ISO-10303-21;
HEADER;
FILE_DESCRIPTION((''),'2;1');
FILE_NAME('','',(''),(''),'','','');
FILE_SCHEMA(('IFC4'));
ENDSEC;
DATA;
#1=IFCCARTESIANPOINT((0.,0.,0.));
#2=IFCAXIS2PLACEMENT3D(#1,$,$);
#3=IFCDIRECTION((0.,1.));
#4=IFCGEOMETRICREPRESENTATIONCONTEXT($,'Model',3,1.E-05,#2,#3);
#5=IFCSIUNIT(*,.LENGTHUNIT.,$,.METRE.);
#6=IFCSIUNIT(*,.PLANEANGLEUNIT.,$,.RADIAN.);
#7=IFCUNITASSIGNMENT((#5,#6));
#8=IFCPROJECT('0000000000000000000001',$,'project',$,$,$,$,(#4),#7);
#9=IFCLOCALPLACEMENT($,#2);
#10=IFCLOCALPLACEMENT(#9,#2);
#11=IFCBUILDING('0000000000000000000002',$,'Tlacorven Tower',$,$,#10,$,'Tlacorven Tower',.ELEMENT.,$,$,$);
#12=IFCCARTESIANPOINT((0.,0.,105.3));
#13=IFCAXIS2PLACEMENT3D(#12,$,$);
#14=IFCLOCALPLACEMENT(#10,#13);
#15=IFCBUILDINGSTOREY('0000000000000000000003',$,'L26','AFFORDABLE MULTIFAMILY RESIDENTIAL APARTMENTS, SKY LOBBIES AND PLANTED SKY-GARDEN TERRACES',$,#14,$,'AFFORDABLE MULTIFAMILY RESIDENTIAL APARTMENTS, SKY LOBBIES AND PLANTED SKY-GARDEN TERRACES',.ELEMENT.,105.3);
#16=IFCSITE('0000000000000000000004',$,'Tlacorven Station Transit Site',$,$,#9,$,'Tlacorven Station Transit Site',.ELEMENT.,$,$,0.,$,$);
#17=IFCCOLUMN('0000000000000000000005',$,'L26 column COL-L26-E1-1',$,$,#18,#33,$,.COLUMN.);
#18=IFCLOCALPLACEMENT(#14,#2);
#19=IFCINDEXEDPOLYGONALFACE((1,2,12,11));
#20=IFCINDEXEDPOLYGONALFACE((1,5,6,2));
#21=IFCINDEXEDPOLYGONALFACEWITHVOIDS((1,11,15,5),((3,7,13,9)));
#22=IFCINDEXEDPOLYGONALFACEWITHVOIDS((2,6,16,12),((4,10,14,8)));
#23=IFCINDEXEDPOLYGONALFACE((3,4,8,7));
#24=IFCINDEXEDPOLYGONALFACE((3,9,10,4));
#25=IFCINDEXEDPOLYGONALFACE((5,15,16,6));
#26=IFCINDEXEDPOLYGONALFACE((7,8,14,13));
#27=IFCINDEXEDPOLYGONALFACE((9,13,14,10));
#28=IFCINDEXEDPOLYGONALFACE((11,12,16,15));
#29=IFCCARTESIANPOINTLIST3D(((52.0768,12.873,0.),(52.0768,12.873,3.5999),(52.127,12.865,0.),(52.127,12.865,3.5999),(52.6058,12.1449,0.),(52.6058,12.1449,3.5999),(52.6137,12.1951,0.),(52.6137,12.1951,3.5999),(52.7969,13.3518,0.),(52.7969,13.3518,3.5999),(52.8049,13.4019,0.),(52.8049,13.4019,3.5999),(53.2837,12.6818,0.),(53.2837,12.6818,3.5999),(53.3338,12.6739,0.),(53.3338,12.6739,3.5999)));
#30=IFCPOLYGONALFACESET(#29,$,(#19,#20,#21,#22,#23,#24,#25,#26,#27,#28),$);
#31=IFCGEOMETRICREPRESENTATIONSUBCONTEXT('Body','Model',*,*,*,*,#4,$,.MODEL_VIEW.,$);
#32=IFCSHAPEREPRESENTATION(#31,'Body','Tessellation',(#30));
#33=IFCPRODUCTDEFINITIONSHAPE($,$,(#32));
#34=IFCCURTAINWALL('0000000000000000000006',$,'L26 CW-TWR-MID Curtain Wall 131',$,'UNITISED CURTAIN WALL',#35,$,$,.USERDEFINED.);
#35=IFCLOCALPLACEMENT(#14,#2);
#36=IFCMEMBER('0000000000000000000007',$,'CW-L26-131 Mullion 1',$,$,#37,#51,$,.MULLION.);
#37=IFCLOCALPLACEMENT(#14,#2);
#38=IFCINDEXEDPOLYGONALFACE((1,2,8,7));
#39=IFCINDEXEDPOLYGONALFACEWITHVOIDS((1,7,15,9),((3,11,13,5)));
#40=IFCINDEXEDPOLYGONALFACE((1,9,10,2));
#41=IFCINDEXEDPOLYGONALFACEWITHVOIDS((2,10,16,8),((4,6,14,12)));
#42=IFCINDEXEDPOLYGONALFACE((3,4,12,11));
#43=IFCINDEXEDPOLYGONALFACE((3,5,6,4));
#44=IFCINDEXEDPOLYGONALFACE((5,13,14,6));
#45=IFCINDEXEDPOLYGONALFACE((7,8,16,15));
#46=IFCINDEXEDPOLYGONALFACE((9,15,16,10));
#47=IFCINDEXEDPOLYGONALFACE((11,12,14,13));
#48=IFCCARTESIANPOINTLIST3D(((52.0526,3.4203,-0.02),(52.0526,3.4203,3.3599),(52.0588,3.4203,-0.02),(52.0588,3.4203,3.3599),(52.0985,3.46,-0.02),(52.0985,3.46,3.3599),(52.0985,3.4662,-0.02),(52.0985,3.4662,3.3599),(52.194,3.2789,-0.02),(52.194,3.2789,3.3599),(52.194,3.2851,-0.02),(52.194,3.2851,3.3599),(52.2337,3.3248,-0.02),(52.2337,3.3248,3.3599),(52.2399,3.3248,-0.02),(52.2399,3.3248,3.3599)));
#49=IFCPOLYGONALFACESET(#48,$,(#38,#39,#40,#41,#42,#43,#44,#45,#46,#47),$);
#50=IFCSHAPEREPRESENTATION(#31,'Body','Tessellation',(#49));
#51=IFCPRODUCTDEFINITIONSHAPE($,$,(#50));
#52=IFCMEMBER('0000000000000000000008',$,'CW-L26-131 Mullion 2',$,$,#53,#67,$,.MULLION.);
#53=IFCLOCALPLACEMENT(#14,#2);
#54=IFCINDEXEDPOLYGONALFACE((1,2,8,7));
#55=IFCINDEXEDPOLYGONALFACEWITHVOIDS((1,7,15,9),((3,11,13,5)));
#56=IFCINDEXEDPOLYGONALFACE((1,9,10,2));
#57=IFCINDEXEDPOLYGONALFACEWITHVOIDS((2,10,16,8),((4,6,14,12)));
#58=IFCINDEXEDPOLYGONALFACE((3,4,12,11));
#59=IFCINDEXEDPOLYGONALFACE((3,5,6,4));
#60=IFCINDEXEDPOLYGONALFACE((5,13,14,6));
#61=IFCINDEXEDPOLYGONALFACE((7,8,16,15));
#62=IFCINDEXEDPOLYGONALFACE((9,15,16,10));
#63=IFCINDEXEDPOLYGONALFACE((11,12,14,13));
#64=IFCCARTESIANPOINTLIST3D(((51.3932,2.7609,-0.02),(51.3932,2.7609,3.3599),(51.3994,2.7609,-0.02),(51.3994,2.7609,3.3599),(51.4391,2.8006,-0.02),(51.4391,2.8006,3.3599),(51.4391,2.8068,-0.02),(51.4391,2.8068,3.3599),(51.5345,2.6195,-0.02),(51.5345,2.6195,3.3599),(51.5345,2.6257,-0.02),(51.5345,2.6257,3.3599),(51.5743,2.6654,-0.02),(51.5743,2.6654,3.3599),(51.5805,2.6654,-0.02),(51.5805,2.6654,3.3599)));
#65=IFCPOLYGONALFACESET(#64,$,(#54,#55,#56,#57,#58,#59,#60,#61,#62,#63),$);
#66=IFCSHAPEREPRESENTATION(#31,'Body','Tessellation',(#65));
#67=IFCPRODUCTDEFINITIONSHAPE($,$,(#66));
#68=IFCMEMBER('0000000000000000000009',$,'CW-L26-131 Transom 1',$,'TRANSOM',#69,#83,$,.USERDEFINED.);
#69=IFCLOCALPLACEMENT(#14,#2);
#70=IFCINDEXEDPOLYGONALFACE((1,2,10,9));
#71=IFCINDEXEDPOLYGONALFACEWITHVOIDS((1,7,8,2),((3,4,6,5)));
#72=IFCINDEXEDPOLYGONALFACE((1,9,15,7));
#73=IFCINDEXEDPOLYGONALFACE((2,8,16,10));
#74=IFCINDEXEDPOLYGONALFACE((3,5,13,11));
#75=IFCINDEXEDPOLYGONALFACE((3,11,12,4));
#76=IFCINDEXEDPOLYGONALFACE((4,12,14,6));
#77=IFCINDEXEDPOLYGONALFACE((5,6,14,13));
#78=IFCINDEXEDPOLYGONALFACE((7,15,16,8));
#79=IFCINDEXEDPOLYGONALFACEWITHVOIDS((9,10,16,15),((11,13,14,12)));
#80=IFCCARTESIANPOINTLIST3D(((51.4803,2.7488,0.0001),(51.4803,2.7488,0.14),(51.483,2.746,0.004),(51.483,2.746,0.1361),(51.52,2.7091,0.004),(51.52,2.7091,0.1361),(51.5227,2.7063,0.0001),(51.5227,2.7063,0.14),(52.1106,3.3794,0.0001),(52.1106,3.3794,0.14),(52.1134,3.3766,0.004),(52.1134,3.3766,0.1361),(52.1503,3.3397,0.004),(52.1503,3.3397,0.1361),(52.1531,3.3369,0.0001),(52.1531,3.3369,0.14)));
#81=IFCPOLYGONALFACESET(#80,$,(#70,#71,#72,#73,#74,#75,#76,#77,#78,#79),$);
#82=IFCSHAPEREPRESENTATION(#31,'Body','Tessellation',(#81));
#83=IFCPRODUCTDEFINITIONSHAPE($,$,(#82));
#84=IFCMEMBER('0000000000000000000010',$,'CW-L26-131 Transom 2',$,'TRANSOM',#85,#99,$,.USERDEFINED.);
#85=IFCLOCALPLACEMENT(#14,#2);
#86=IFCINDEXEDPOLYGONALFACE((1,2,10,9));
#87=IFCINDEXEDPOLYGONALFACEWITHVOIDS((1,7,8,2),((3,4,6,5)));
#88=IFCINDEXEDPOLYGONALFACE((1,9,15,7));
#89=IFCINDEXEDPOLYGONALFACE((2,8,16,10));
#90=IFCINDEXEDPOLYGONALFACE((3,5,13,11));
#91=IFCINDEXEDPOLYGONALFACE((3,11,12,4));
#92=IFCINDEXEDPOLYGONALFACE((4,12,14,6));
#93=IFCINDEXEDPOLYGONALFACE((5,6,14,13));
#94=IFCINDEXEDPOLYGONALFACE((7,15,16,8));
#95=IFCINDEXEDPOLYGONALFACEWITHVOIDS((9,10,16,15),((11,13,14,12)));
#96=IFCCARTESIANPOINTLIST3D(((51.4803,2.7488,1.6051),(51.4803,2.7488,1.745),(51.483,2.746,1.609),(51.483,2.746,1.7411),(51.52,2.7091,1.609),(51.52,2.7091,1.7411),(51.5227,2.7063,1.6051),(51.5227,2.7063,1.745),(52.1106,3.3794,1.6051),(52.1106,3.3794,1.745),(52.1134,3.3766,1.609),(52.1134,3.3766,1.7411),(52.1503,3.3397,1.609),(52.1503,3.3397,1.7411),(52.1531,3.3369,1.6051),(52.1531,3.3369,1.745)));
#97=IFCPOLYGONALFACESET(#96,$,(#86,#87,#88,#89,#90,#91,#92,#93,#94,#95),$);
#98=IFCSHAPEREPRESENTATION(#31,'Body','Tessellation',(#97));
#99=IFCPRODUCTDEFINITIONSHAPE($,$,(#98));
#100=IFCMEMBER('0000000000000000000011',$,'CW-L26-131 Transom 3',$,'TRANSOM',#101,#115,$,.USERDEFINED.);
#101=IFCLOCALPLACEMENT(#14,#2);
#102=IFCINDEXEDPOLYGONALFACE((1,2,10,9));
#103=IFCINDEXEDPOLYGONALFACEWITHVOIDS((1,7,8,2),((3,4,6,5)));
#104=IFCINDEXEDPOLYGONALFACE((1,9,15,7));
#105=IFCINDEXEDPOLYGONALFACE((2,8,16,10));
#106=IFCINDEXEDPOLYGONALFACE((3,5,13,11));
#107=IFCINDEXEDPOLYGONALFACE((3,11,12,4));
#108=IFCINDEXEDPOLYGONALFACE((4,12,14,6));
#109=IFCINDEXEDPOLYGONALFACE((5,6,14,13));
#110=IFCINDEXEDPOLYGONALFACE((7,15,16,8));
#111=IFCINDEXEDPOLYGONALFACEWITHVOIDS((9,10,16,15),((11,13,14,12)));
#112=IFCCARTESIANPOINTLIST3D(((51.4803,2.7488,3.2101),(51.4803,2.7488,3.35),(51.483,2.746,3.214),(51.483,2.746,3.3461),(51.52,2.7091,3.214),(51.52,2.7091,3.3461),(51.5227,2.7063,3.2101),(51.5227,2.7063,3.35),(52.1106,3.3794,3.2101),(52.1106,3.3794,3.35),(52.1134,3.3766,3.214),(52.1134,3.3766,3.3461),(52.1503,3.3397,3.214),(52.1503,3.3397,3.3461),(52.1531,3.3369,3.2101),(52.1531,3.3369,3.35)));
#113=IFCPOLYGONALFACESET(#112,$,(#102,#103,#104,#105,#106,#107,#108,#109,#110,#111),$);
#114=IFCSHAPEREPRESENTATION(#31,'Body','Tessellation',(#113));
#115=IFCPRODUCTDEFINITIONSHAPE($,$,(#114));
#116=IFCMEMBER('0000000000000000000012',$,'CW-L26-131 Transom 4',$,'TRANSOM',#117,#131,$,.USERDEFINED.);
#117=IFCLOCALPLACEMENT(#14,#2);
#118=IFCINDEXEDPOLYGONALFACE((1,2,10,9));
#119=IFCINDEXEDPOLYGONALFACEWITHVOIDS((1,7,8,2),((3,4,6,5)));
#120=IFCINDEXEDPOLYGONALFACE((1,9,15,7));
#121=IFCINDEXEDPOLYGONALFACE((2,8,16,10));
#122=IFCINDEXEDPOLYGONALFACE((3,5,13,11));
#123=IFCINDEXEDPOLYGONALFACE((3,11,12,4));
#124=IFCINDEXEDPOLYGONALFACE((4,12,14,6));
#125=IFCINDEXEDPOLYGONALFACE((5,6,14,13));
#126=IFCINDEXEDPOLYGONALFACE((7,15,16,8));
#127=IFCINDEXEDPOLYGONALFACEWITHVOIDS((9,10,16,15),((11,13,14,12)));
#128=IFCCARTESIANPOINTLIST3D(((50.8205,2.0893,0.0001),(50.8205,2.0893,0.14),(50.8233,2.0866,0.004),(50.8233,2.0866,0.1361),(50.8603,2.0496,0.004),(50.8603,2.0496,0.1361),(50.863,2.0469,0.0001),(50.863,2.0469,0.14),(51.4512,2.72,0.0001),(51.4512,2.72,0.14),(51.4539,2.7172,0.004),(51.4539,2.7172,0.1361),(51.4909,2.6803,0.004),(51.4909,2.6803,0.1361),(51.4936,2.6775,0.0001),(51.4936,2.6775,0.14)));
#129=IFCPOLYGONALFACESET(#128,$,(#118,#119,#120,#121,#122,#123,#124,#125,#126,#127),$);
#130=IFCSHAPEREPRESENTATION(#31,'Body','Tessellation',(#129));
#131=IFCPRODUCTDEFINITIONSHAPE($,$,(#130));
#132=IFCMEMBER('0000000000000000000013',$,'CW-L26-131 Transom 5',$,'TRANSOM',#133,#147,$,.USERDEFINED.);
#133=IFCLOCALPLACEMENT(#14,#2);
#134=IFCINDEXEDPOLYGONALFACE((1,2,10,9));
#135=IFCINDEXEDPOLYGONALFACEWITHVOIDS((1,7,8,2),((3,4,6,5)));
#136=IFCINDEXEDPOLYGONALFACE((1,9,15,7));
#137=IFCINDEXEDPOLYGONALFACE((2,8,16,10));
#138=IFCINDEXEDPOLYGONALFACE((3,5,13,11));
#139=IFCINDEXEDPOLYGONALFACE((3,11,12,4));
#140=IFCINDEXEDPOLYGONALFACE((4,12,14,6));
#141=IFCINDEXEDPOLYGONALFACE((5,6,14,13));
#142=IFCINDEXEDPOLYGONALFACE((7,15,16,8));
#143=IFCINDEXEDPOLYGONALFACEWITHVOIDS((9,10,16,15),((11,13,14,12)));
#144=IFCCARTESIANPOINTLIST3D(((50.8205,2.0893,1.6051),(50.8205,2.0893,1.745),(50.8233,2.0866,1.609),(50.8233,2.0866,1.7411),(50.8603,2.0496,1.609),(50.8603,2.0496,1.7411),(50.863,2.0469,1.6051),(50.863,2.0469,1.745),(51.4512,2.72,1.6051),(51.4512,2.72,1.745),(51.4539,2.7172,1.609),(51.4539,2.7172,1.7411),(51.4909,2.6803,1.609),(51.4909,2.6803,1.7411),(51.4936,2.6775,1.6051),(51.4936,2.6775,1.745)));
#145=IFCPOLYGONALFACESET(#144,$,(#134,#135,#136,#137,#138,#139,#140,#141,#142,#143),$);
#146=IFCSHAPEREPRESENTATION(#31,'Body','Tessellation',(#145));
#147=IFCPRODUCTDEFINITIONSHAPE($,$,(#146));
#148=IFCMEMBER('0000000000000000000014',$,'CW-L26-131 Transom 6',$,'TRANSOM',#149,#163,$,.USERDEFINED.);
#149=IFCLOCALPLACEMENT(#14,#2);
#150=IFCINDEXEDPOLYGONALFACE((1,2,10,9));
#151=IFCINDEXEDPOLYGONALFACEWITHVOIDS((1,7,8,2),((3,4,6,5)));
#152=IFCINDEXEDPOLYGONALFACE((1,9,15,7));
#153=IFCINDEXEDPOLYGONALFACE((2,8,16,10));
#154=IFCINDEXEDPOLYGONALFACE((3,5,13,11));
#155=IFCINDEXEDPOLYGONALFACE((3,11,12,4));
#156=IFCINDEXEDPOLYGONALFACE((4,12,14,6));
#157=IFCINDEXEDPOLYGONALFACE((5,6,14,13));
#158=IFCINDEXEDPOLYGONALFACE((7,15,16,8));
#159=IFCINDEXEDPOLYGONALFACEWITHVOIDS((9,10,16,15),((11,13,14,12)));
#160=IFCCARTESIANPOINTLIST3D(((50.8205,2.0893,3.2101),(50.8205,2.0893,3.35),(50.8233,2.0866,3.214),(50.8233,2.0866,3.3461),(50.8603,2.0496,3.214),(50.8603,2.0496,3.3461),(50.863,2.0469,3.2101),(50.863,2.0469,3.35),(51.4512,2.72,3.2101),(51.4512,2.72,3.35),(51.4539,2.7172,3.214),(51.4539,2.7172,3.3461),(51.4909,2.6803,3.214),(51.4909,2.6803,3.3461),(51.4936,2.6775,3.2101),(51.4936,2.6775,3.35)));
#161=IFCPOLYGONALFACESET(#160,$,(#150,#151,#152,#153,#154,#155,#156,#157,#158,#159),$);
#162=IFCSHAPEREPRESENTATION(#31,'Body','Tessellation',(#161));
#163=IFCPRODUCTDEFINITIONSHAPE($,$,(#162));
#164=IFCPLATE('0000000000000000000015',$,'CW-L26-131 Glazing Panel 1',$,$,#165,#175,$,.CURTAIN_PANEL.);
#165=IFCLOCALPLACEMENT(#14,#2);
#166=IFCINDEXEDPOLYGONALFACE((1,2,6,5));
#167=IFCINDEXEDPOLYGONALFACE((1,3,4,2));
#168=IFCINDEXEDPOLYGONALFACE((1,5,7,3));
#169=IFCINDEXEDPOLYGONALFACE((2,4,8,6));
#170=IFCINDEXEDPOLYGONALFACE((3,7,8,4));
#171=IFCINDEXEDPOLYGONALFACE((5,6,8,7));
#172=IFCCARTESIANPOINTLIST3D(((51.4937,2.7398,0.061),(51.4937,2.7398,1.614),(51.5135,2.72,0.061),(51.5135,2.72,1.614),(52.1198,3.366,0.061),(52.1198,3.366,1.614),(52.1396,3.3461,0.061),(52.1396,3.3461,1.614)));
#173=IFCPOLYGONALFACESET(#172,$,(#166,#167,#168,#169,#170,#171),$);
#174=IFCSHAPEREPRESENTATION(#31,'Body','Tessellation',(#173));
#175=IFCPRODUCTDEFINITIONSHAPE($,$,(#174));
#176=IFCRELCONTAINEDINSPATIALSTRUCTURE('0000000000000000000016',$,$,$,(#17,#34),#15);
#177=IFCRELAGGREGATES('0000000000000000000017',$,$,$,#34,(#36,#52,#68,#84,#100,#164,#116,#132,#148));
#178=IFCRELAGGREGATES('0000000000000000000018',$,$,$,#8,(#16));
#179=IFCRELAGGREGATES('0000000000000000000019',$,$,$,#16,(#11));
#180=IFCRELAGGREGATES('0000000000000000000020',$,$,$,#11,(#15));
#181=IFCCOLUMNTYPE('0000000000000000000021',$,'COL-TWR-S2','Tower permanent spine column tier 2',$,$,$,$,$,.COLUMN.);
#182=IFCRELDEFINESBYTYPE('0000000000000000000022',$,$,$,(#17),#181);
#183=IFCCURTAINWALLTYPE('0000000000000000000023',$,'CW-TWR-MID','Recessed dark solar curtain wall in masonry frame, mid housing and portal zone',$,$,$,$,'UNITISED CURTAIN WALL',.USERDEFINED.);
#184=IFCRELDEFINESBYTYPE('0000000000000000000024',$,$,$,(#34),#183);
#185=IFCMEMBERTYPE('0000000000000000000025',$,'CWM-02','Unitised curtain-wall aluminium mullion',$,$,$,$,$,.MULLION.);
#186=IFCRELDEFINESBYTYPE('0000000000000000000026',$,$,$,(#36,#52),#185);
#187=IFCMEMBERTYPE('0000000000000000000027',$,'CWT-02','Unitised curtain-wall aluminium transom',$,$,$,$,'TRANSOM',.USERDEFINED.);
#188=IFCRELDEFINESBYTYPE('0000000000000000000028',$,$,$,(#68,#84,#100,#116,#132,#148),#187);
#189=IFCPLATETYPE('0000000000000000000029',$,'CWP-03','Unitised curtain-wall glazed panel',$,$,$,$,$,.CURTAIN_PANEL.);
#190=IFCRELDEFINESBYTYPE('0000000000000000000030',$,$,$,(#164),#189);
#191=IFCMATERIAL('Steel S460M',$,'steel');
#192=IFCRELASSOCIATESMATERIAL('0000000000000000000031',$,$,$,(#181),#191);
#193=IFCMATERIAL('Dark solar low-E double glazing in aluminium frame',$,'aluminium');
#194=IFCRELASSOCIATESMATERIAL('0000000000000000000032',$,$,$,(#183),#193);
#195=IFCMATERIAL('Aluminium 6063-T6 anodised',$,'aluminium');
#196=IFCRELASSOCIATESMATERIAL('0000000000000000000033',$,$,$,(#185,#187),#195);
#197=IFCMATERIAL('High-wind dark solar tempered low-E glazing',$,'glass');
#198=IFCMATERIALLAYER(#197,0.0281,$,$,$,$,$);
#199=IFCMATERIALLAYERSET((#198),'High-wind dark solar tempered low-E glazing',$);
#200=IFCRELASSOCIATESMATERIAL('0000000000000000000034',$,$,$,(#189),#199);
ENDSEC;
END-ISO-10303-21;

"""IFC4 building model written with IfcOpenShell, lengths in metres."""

from ifc_helpers import new_model, si_unit, direction, frame, origin, origin_2d, place, context, subcontext, project, spatial, rectangle, hollow_rectangle, extrude, source, transform, mapped, material, layer, layer_set, material_profile, profile_set, type_object, element, aggregate, save


model = new_model("IFC4")

# Units and contexts
model_context = context("Model", 3, precision=1e-05, world=origin(), true_north=direction((0.0, 1.0)))
body_context = subcontext(model_context, "Body", "Model", "MODEL_VIEW")
ifc_project = project(units=[si_unit("LENGTHUNIT", "METRE"), si_unit("PLANEANGLEUNIT", "RADIAN")], contexts=[model_context])

# Site, building, storey
site_placement = place(None, origin())
site = spatial("IfcSite", under=ifc_project, at=site_placement, Name="Tlacorven Station Transit Site", LongName="Tlacorven Station Transit Site", CompositionType="ELEMENT", RefElevation=0.0)
building_placement = place(site_placement, origin())
building = spatial("IfcBuilding", under=site, at=building_placement, Name="Tlacorven Tower", LongName="Tlacorven Tower", CompositionType="ELEMENT")
storey_placement = place(building_placement, frame((0.0, 0.0, 105.3)))
storey = spatial("IfcBuildingStorey", under=building, at=storey_placement, Name="L26", Description="AFFORDABLE MULTIFAMILY RESIDENTIAL APARTMENTS, SKY LOBBIES AND PLANTED SKY-GARDEN TERRACES", LongName="AFFORDABLE MULTIFAMILY RESIDENTIAL APARTMENTS, SKY LOBBIES AND PLANTED SKY-GARDEN TERRACES", CompositionType="ELEMENT", Elevation=105.3)

# Column
ifc_material_1 = material(Name="Steel S460M", Category="steel")
ifc_material_profile_1 = material_profile(ifc_material_1, hollow_rectangle(XDim=0.8999, YDim=0.8999, WallThickness=0.0359, at=origin_2d()), Name="BOX 900X900X36")
ifc_profile_set_1 = profile_set([ifc_material_profile_1], Name="Steel S460M")
column_type = type_object("IfcColumnType", Name="COL-TWR-S2", Description="Tower permanent spine column tier 2", PredefinedType="COLUMN", material=ifc_profile_set_1)
shared_shape_1 = source(origin(), body_context, "Body", "SweptSolid", [
    extrude(hollow_rectangle(XDim=0.8999, YDim=0.8999, WallThickness=0.0359, at=origin_2d()), origin(), (0.0, 0.0, 1.0), 3.5999),
])
column_placement = place(storey_placement, frame((52.7053, 12.7734, 0.0), z_axis=(0.0, 0.0, 1.0), x_axis=(0.809017, 0.587785, 0.0)))
element("IfcColumn", 1, at=column_placement, inside=storey, type_object=column_type, Name="L26 column COL-L26-E1-1", PredefinedType="COLUMN", context=body_context, shape_type="MappedRepresentation", body=[
    mapped(shared_shape_1, transform((0.0, 0.0, 0.0), scale=1.0)),
])

# Curtain wall, members, plate
ifc_material_2 = material(Name="Dark solar low-E double glazing in aluminium frame", Category="aluminium")
curtain_wall_type = type_object("IfcCurtainWallType", Name="CW-TWR-MID", Description="Recessed dark solar curtain wall in masonry frame, mid housing and portal zone", ElementType="UNITISED CURTAIN WALL", PredefinedType="USERDEFINED", material=ifc_material_2)
curtain_wall_placement = place(storey_placement, origin())
curtain_wall = element("IfcCurtainWall", 2, at=curtain_wall_placement, inside=storey, type_object=curtain_wall_type, Name="L26 CW-TWR-MID Curtain Wall 131", ObjectType="UNITISED CURTAIN WALL", PredefinedType="USERDEFINED")
ifc_material_3 = material(Name="Aluminium 6063-T6 anodised", Category="aluminium")
ifc_material_profile_2 = material_profile(ifc_material_3, hollow_rectangle(XDim=0.0649, YDim=0.2, WallThickness=0.0044, at=origin_2d()), Name="ALU MULLION 65X200")
ifc_profile_set_2 = profile_set([ifc_material_profile_2], Name="Aluminium 6063-T6 anodised")
member_type_1 = type_object("IfcMemberType", Name="CWM-02", Description="Unitised curtain-wall aluminium mullion", PredefinedType="MULLION", material=ifc_profile_set_2)
shared_shape_2 = source(origin(), body_context, "Body", "SweptSolid", [
    extrude(hollow_rectangle(XDim=0.0649, YDim=0.2, WallThickness=0.0044, at=origin_2d()), origin(), (0.0, 0.0, 1.0), 3.3799),
])
member_1_placement = place(storey_placement, frame((52.1462, 3.3726, -0.02), z_axis=(0.0, 0.0, 1.0), x_axis=(-0.707107, -0.707107, 0.0)))
member_1 = element("IfcMember", 3, at=member_1_placement, type_object=member_type_1, Name="CW-L26-131 Mullion 1", PredefinedType="MULLION", context=body_context, shape_type="MappedRepresentation", body=[
    mapped(shared_shape_2, transform((0.0, 0.0, 0.0), scale=1.0)),
])
member_2_placement = place(storey_placement, frame((51.4868, 2.7131, -0.02), z_axis=(0.0, 0.0, 1.0), x_axis=(-0.707107, -0.707107, 0.0)))
member_2 = element("IfcMember", 4, at=member_2_placement, type_object=member_type_1, Name="CW-L26-131 Mullion 2", PredefinedType="MULLION", context=body_context, shape_type="MappedRepresentation", body=[
    mapped(shared_shape_2, transform((0.0, 0.0, 0.0), scale=1.0)),
])
ifc_material_profile_3 = material_profile(ifc_material_3, hollow_rectangle(XDim=0.0601, YDim=0.1399, WallThickness=0.0039, at=origin_2d()), Name="ALU TRANSOM 60X140")
ifc_profile_set_3 = profile_set([ifc_material_profile_3], Name="Aluminium 6063-T6 anodised")
member_type_2 = type_object("IfcMemberType", Name="CWT-02", Description="Unitised curtain-wall aluminium transom", ElementType="TRANSOM", PredefinedType="USERDEFINED", material=ifc_profile_set_3)
shared_shape_3 = source(origin(), body_context, "Body", "SweptSolid", [
    extrude(hollow_rectangle(XDim=0.0601, YDim=0.1399, WallThickness=0.0039, at=origin_2d()), origin(), (0.0, 0.0, 1.0), 0.8916),
])
member_3_placement = place(storey_placement, frame((52.1318, 3.3582, 0.0701), z_axis=(-0.70697, -0.707244, 0.0), x_axis=(0.707244, -0.70697, 0.0)))
member_3 = element("IfcMember", 5, at=member_3_placement, type_object=member_type_2, Name="CW-L26-131 Transom 1", ObjectType="TRANSOM", PredefinedType="USERDEFINED", context=body_context, shape_type="MappedRepresentation", body=[
    mapped(shared_shape_3, transform((0.0, 0.0, 0.0), scale=1.0)),
])
member_4_placement = place(storey_placement, frame((52.1318, 3.3582, 1.675), z_axis=(-0.70697, -0.707244, 0.0), x_axis=(0.707244, -0.70697, 0.0)))
member_4 = element("IfcMember", 6, at=member_4_placement, type_object=member_type_2, Name="CW-L26-131 Transom 2", ObjectType="TRANSOM", PredefinedType="USERDEFINED", context=body_context, shape_type="MappedRepresentation", body=[
    mapped(shared_shape_3, transform((0.0, 0.0, 0.0), scale=1.0)),
])
member_5_placement = place(storey_placement, frame((52.1318, 3.3582, 3.28), z_axis=(-0.70697, -0.707244, 0.0), x_axis=(0.707244, -0.70697, 0.0)))
member_5 = element("IfcMember", 7, at=member_5_placement, type_object=member_type_2, Name="CW-L26-131 Transom 3", ObjectType="TRANSOM", PredefinedType="USERDEFINED", context=body_context, shape_type="MappedRepresentation", body=[
    mapped(shared_shape_3, transform((0.0, 0.0, 0.0), scale=1.0)),
])
shared_shape_4 = source(origin(), body_context, "Body", "SweptSolid", [
    extrude(hollow_rectangle(XDim=0.0601, YDim=0.1399, WallThickness=0.0039, at=origin_2d()), origin(), (0.0, 0.0, 1.0), 0.8918),
])
member_6_placement = place(storey_placement, frame((51.4724, 2.6987, 0.0701), z_axis=(-0.707107, -0.707107, 0.0), x_axis=(0.707107, -0.707107, 0.0)))
member_6 = element("IfcMember", 8, at=member_6_placement, type_object=member_type_2, Name="CW-L26-131 Transom 4", ObjectType="TRANSOM", PredefinedType="USERDEFINED", context=body_context, shape_type="MappedRepresentation", body=[
    mapped(shared_shape_4, transform((0.0, 0.0, 0.0), scale=1.0)),
])
member_7_placement = place(storey_placement, frame((51.4724, 2.6987, 1.675), z_axis=(-0.707107, -0.707107, 0.0), x_axis=(0.707107, -0.707107, 0.0)))
member_7 = element("IfcMember", 9, at=member_7_placement, type_object=member_type_2, Name="CW-L26-131 Transom 5", ObjectType="TRANSOM", PredefinedType="USERDEFINED", context=body_context, shape_type="MappedRepresentation", body=[
    mapped(shared_shape_4, transform((0.0, 0.0, 0.0), scale=1.0)),
])
member_8_placement = place(storey_placement, frame((51.4724, 2.6987, 3.28), z_axis=(-0.707107, -0.707107, 0.0), x_axis=(0.707107, -0.707107, 0.0)))
member_8 = element("IfcMember", 10, at=member_8_placement, type_object=member_type_2, Name="CW-L26-131 Transom 6", ObjectType="TRANSOM", PredefinedType="USERDEFINED", context=body_context, shape_type="MappedRepresentation", body=[
    mapped(shared_shape_4, transform((0.0, 0.0, 0.0), scale=1.0)),
])
ifc_material_4 = material(Name="High-wind dark solar tempered low-E glazing", Category="glass")
ifc_layer_1 = layer(ifc_material_4, 0.0281)
ifc_layer_set_1 = layer_set([ifc_layer_1], Name="High-wind dark solar tempered low-E glazing")
plate_type = type_object("IfcPlateType", Name="CWP-03", Description="Unitised curtain-wall glazed panel", PredefinedType="CURTAIN_PANEL", material=ifc_layer_set_1)
shared_shape_5 = source(origin(), body_context, "Body", "SweptSolid", [
    extrude(rectangle(XDim=0.8855, YDim=0.0281, at=origin_2d()), origin(), (0.0, 0.0, 1.0), 1.553),
])
plate_1_placement = place(storey_placement, frame((51.8167, 3.043, 0.061), z_axis=(0.0, 0.0, 1.0), x_axis=(-0.707107, -0.707107, 0.0)))
plate_1 = element("IfcPlate", 11, at=plate_1_placement, type_object=plate_type, Name="CW-L26-131 Glazing Panel 1", PredefinedType="CURTAIN_PANEL", context=body_context, shape_type="MappedRepresentation", body=[
    mapped(shared_shape_5, transform((0.0, 0.0, 0.0), scale=1.0)),
])
aggregate(curtain_wall, [member_1, member_2, member_3, member_4, member_5, plate_1, member_6, member_7, member_8])

save(model, "model.ifc")
